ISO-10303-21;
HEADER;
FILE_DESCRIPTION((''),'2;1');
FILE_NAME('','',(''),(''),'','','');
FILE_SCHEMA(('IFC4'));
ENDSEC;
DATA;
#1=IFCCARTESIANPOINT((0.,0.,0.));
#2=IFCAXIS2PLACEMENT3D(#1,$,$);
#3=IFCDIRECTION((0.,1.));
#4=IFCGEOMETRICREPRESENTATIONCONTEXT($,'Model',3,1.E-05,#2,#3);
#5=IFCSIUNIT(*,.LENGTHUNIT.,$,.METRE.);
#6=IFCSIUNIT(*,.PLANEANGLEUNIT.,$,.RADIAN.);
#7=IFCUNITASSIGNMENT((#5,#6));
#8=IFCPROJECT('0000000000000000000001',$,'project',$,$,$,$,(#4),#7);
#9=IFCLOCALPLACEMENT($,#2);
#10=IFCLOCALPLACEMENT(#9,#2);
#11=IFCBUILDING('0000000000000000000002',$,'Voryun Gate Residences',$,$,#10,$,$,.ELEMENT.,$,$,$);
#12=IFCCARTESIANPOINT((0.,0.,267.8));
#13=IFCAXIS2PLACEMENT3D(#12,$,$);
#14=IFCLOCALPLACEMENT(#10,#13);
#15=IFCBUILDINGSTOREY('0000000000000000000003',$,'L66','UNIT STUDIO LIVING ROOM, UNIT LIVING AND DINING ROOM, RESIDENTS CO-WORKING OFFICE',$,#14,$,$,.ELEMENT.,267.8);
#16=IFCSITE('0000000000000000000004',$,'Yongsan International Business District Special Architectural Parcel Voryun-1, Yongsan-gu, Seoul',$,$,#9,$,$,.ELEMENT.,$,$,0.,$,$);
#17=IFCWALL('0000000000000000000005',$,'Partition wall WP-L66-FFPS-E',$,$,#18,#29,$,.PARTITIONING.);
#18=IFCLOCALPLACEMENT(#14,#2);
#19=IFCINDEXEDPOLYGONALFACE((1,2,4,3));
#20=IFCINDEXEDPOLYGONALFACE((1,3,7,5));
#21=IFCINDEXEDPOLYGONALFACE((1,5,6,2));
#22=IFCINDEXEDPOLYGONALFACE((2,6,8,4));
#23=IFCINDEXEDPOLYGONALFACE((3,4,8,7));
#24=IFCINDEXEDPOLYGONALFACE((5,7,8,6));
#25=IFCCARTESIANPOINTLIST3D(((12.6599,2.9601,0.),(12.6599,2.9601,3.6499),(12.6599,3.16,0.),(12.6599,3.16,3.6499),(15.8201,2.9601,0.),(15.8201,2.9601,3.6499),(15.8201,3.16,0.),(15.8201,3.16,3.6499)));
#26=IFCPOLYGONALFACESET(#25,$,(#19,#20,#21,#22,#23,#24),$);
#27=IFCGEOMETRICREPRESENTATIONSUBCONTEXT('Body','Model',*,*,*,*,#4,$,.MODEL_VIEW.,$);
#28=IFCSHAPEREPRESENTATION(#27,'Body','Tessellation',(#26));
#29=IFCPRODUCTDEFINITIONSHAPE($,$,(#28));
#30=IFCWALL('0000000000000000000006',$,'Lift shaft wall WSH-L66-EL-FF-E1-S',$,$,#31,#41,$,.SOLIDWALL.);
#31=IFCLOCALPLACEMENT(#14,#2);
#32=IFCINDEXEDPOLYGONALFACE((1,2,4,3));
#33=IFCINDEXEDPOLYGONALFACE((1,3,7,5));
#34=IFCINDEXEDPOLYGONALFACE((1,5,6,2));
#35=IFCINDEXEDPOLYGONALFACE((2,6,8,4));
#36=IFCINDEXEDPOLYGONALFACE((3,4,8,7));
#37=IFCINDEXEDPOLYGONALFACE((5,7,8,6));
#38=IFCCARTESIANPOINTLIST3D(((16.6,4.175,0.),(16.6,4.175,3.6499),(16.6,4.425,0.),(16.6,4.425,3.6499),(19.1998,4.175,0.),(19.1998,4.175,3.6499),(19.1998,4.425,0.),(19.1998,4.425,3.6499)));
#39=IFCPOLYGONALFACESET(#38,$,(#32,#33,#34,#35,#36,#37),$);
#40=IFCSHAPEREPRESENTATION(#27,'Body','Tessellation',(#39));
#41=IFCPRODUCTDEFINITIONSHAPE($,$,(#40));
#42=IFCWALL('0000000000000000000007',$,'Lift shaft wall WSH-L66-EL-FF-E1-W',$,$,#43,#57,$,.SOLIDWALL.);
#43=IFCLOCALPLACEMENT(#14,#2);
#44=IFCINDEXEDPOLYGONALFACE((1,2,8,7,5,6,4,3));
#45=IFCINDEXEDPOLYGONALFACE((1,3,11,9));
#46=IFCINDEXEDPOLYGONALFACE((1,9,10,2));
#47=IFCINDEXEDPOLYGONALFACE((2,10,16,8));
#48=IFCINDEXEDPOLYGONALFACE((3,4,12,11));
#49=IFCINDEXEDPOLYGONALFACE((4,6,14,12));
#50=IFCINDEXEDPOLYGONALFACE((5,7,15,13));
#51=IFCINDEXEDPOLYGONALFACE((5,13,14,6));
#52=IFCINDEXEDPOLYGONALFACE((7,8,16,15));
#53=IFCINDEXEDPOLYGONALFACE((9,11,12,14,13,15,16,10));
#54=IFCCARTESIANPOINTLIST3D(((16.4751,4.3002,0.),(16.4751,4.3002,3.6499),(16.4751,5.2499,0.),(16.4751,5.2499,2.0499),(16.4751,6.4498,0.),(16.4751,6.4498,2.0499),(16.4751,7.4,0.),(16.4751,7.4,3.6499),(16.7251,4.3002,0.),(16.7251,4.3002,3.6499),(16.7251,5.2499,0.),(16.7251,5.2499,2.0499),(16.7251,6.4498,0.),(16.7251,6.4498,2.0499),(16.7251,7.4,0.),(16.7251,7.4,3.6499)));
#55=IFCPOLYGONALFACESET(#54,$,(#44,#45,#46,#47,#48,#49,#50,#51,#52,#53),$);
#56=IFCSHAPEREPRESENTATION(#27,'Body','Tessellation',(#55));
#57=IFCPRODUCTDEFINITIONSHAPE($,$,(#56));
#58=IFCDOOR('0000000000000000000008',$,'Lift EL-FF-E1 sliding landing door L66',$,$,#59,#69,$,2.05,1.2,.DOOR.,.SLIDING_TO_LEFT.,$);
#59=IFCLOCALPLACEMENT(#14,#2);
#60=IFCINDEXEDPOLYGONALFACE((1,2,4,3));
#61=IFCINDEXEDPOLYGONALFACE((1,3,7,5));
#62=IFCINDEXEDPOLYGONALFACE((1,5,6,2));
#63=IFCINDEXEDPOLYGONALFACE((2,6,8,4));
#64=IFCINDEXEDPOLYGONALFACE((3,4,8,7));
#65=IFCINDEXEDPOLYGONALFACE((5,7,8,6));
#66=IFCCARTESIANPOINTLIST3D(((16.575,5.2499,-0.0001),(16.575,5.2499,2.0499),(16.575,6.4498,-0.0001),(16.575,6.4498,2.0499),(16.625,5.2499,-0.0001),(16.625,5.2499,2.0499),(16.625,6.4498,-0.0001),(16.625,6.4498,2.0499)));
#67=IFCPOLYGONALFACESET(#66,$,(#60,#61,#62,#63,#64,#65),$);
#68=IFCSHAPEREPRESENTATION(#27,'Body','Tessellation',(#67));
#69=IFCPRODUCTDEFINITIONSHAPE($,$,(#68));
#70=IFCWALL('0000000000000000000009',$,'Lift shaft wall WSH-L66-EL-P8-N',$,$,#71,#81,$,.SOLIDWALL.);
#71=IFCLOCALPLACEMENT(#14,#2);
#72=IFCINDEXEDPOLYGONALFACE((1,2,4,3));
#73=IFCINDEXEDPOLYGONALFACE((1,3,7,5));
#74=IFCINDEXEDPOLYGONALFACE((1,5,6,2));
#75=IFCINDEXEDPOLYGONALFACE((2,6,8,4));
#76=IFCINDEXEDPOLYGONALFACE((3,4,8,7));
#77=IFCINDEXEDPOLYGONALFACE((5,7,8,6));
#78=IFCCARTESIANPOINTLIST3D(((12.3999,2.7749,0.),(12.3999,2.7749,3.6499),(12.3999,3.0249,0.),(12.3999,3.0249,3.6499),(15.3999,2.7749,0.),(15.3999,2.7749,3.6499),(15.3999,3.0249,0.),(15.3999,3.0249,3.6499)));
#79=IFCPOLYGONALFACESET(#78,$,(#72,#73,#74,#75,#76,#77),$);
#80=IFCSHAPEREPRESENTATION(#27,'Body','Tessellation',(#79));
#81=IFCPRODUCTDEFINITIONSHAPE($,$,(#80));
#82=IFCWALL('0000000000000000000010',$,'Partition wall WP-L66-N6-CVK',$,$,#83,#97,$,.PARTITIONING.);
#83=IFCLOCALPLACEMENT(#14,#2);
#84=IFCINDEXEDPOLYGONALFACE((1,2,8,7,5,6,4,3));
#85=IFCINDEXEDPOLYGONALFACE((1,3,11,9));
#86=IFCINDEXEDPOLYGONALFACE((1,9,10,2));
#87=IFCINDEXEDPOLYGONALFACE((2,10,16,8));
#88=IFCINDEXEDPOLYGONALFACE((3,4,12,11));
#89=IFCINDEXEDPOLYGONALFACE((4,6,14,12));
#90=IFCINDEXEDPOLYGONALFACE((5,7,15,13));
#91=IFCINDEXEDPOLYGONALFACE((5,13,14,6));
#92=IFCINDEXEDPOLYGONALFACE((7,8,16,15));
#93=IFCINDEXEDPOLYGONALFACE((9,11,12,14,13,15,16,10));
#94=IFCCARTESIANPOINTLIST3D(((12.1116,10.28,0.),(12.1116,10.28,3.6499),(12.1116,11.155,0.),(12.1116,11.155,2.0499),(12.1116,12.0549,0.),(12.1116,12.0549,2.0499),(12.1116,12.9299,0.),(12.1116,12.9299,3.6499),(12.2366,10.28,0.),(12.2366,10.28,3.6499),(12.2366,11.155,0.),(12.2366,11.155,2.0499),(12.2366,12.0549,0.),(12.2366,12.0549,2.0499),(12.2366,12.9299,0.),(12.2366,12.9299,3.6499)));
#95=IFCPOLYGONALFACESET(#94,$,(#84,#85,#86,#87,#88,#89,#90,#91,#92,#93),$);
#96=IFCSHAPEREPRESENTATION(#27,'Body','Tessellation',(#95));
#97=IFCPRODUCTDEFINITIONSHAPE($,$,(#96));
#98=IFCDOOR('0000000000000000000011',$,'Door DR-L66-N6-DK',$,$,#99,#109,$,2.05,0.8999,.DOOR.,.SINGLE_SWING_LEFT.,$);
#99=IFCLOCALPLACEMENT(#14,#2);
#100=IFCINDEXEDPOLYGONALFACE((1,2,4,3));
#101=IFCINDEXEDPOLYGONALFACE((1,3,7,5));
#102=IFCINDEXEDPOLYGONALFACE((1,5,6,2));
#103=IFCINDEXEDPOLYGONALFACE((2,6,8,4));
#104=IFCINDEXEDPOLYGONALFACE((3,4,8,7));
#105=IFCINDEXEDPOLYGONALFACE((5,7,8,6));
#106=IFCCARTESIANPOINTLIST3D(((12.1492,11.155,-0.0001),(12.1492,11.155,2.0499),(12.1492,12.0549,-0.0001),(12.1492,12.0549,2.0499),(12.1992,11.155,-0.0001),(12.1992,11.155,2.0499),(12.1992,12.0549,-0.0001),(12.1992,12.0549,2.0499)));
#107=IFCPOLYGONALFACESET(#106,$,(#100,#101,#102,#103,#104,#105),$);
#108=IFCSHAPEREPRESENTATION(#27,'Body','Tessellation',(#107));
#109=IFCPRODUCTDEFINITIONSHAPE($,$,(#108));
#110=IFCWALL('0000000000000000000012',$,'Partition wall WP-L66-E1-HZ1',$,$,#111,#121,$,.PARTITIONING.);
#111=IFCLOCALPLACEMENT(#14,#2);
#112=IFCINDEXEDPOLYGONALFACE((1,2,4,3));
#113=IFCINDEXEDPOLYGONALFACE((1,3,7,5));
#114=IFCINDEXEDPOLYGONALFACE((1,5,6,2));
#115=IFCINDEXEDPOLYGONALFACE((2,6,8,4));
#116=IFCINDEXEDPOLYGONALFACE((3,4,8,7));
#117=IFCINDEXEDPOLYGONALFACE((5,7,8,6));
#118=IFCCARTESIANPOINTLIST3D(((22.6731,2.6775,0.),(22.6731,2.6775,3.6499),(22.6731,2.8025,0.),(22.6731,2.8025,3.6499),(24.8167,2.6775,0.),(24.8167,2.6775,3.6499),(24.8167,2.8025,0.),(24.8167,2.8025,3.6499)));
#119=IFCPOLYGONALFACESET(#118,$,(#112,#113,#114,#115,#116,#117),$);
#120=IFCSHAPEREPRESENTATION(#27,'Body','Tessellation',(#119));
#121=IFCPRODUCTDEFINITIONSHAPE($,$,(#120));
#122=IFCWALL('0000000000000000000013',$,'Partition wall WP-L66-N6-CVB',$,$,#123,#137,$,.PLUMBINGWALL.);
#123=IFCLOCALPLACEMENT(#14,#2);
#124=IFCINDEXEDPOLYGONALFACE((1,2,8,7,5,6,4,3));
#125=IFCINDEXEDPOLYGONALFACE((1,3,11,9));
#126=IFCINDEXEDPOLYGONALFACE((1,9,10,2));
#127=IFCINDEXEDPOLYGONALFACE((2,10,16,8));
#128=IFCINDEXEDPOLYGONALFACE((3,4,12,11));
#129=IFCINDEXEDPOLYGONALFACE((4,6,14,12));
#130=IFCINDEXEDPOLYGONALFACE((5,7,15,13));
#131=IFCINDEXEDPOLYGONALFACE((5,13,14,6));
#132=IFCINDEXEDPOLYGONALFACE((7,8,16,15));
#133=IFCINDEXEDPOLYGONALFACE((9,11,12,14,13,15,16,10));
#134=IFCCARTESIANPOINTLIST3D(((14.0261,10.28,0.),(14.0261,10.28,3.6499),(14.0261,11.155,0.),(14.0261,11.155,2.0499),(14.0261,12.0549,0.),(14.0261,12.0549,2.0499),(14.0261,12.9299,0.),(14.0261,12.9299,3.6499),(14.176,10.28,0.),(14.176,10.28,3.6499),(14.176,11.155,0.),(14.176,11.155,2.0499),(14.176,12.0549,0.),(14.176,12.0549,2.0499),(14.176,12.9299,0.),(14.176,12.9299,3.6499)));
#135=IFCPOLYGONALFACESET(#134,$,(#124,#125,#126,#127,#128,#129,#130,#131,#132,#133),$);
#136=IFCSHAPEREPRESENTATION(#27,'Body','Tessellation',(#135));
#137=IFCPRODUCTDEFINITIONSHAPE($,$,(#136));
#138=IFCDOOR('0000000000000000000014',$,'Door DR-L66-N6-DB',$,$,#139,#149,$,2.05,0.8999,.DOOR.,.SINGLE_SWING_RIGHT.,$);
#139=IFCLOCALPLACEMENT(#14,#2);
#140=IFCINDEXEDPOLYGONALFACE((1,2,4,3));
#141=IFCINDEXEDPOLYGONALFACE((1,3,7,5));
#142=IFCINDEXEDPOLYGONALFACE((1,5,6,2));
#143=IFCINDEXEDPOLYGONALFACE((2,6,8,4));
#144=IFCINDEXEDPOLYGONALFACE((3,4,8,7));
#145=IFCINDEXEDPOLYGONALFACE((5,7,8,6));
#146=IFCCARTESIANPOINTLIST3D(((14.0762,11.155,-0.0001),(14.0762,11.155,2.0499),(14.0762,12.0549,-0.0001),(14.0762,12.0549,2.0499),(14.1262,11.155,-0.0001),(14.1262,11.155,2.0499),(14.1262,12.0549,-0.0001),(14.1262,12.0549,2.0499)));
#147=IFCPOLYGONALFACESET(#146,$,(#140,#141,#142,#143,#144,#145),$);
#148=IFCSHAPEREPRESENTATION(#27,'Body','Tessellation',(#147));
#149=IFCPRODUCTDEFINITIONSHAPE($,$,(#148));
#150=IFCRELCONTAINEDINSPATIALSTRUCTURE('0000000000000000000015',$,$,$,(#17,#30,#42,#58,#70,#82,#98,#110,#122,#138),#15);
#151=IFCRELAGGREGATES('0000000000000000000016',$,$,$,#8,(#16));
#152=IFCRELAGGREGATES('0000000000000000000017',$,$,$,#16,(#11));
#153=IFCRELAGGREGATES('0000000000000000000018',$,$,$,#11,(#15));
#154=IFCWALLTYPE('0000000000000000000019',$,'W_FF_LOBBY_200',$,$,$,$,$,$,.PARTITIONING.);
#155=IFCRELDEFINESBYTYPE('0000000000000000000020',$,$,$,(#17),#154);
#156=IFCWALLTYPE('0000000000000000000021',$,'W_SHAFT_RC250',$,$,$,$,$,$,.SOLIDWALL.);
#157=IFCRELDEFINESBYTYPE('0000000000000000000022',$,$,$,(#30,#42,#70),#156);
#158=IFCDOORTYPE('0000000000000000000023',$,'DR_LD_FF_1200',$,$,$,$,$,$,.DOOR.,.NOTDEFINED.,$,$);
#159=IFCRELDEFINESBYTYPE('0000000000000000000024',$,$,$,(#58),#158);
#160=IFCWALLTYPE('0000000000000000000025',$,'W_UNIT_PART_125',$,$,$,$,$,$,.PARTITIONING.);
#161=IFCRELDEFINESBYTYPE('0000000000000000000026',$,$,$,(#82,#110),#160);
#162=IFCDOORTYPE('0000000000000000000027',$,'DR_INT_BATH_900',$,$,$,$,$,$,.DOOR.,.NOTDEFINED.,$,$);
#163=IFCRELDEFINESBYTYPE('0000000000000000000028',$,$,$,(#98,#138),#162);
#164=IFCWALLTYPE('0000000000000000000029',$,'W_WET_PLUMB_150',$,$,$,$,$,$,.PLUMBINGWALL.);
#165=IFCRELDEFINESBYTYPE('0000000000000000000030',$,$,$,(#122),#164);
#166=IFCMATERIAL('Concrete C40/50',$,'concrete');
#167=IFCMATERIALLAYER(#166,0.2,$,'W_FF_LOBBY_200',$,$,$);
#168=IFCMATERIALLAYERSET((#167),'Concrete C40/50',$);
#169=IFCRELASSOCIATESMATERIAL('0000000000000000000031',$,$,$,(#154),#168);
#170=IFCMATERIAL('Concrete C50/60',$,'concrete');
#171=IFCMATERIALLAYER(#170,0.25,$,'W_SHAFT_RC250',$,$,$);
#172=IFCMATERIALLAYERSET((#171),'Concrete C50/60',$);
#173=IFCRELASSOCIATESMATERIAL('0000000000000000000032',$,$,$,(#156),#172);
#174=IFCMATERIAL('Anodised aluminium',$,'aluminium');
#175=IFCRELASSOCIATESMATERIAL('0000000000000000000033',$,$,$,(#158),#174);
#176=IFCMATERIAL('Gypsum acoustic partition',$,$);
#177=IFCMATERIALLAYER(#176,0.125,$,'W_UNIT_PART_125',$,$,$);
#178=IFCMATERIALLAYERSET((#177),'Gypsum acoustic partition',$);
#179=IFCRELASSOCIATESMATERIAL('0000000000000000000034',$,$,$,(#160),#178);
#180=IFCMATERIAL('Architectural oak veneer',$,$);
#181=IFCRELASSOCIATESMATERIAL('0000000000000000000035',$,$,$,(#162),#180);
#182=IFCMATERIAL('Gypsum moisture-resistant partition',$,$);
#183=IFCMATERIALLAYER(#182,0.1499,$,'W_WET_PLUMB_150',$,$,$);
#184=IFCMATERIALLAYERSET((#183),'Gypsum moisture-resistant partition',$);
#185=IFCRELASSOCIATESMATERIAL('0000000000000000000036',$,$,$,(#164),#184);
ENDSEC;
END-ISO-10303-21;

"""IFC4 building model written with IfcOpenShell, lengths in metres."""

from ifc_helpers import new_model, si_unit, direction, frame, frame_2d, origin, place, context, subcontext, project, spatial, rectangle, extrude, material, layer, layer_set, type_object, element, fill, save


model = new_model("IFC4")

# Units and contexts
model_context = context("Model", 3, precision=1e-05, world=origin(), true_north=direction((0.0, 1.0)))
body_context = subcontext(model_context, "Body", "Model", "MODEL_VIEW")
ifc_project = project(units=[si_unit("LENGTHUNIT", "METRE"), si_unit("PLANEANGLEUNIT", "RADIAN")], contexts=[model_context])

# Site, building, storey
site_placement = place(None, origin())
site = spatial("IfcSite", under=ifc_project, at=site_placement, Name="Yongsan International Business District Special Architectural Parcel Voryun-1, Yongsan-gu, Seoul", CompositionType="ELEMENT", RefElevation=0.0)
building_placement = place(site_placement, origin())
building = spatial("IfcBuilding", under=site, at=building_placement, Name="Voryun Gate Residences", CompositionType="ELEMENT")
storey_placement = place(building_placement, frame((0.0, 0.0, 267.8)))
storey = spatial("IfcBuildingStorey", under=building, at=storey_placement, Name="L66", Description="UNIT STUDIO LIVING ROOM, UNIT LIVING AND DINING ROOM, RESIDENTS CO-WORKING OFFICE", CompositionType="ELEMENT", Elevation=267.8)

# Walls
ifc_material_1 = material(Name="Concrete C40/50", Category="concrete")
ifc_layer_1 = layer(ifc_material_1, 0.2, Name="W_FF_LOBBY_200")
ifc_layer_set_1 = layer_set([ifc_layer_1], Name="Concrete C40/50")
wall_type_1 = type_object("IfcWallType", Name="W_FF_LOBBY_200", PredefinedType="PARTITIONING", material=ifc_layer_set_1)
wall_1_placement = place(storey_placement, frame((12.6599, 3.0601, 0.0), z_axis=(0.0, 0.0, 1.0), x_axis=(1.0, 0.0, 0.0)))
element("IfcWall", 1, at=wall_1_placement, inside=storey, type_object=wall_type_1, Name="Partition wall WP-L66-FFPS-E", PredefinedType="PARTITIONING", context=body_context, shape_type="SweptSolid", body=[
    extrude(rectangle(XDim=3.1602, YDim=0.2, at=frame_2d((1.5801, 0.0))), origin(), (0.0, 0.0, 1.0), 3.6499),
])
ifc_material_2 = material(Name="Concrete C50/60", Category="concrete")
ifc_layer_2 = layer(ifc_material_2, 0.25, Name="W_SHAFT_RC250")
ifc_layer_set_2 = layer_set([ifc_layer_2], Name="Concrete C50/60")
wall_type_2 = type_object("IfcWallType", Name="W_SHAFT_RC250", PredefinedType="SOLIDWALL", material=ifc_layer_set_2)
wall_2_placement = place(storey_placement, frame((16.6001, 4.3, 0.0), z_axis=(0.0, 0.0, 1.0), x_axis=(1.0, 0.0, 0.0)))
element("IfcWall", 2, at=wall_2_placement, inside=storey, type_object=wall_type_2, Name="Lift shaft wall WSH-L66-EL-FF-E1-S", PredefinedType="SOLIDWALL", context=body_context, shape_type="SweptSolid", body=[
    extrude(rectangle(XDim=2.5999, YDim=0.25, at=frame_2d((1.2998, 0.0))), origin(), (0.0, 0.0, 1.0), 3.6499),
])

# Wall, opening, door
wall_3_placement = place(storey_placement, frame((16.6001, 7.3999, 0.0), z_axis=(0.0, 0.0, 1.0), x_axis=(0.0, -1.0, 0.0)))
wall_3 = element("IfcWall", 3, at=wall_3_placement, inside=storey, type_object=wall_type_2, Name="Lift shaft wall WSH-L66-EL-FF-E1-W", PredefinedType="SOLIDWALL", context=body_context, shape_type="SweptSolid", body=[
    extrude(rectangle(XDim=3.0999, YDim=0.25, at=frame_2d((1.5498, 0.0))), origin(), (0.0, 0.0, 1.0), 3.6499),
])
opening_1_placement = place(wall_3_placement, frame((0.95, 0.0, 0.0)))
opening_1 = element("IfcOpeningElement", 4, at=opening_1_placement, cuts=wall_3, PredefinedType="OPENING", context=body_context, shape_type="SweptSolid", body=[
    extrude(rectangle(XDim=1.2, YDim=2.05, at=frame_2d((0.6001, 1.0249))), frame((0.0, 0.135, 0.0), z_axis=(0.0, -1.0, 0.0), x_axis=(1.0, 0.0, 0.0)), (0.0, 0.0, 1.0), 0.27),
])
ifc_material_3 = material(Name="Anodised aluminium", Category="aluminium")
door_type_1 = type_object("IfcDoorType", Name="DR_LD_FF_1200", OperationType="NOTDEFINED", PredefinedType="DOOR", material=ifc_material_3)
door_1_placement = place(opening_1_placement, origin())
door_1 = element("IfcDoor", 5, at=door_1_placement, inside=storey, type_object=door_type_1, Name="Lift EL-FF-E1 sliding landing door L66", OperationType="SLIDING_TO_LEFT", OverallHeight=2.05, OverallWidth=1.2, PredefinedType="DOOR", context=body_context, shape_type="SweptSolid", body=[
    extrude(rectangle(XDim=1.2, YDim=2.05, at=frame_2d((0.6001, 1.0249))), frame((0.0, 0.0249, 0.0), z_axis=(0.0, -1.0, 0.0), x_axis=(1.0, 0.0, 0.0)), (0.0, 0.0, 1.0), 0.05),
])
fill(opening_1, door_1)

# Wall
wall_4_placement = place(storey_placement, frame((15.3999, 2.8999, 0.0), z_axis=(0.0, 0.0, 1.0), x_axis=(-1.0, 0.0, 0.0)))
element("IfcWall", 6, at=wall_4_placement, inside=storey, type_object=wall_type_2, Name="Lift shaft wall WSH-L66-EL-P8-N", PredefinedType="SOLIDWALL", context=body_context, shape_type="SweptSolid", body=[
    extrude(rectangle(XDim=3.0, YDim=0.25, at=frame_2d((1.5, 0.0))), origin(), (0.0, 0.0, 1.0), 3.6499),
])

# Wall, opening, door
ifc_material_4 = material(Name="Gypsum acoustic partition")
ifc_layer_3 = layer(ifc_material_4, 0.125, Name="W_UNIT_PART_125")
ifc_layer_set_3 = layer_set([ifc_layer_3], Name="Gypsum acoustic partition")
wall_type_3 = type_object("IfcWallType", Name="W_UNIT_PART_125", PredefinedType="PARTITIONING", material=ifc_layer_set_3)
wall_5_placement = place(storey_placement, frame((12.1741, 10.28, 0.0), z_axis=(0.0, 0.0, 1.0), x_axis=(0.0, 1.0, 0.0)))
wall_5 = element("IfcWall", 7, at=wall_5_placement, inside=storey, type_object=wall_type_3, Name="Partition wall WP-L66-N6-CVK", PredefinedType="PARTITIONING", context=body_context, shape_type="SweptSolid", body=[
    extrude(rectangle(XDim=2.6499, YDim=0.125, at=frame_2d((1.325, 0.0))), origin(), (0.0, 0.0, 1.0), 3.6499),
])
opening_2_placement = place(wall_5_placement, frame((0.875, 0.0, 0.0)))
opening_2 = element("IfcOpeningElement", 8, at=opening_2_placement, cuts=wall_5, PredefinedType="OPENING", context=body_context, shape_type="SweptSolid", body=[
    extrude(rectangle(XDim=0.8999, YDim=2.05, at=frame_2d((0.45, 1.0249))), frame((0.0, 0.0725, 0.0), z_axis=(0.0, -1.0, 0.0), x_axis=(1.0, 0.0, 0.0)), (0.0, 0.0, 1.0), 0.145),
])
ifc_material_5 = material(Name="Architectural oak veneer")
door_type_2 = type_object("IfcDoorType", Name="DR_INT_BATH_900", OperationType="NOTDEFINED", PredefinedType="DOOR", material=ifc_material_5)
door_2_placement = place(opening_2_placement, origin())
door_2 = element("IfcDoor", 9, at=door_2_placement, inside=storey, type_object=door_type_2, Name="Door DR-L66-N6-DK", OperationType="SINGLE_SWING_LEFT", OverallHeight=2.05, OverallWidth=0.8999, PredefinedType="DOOR", context=body_context, shape_type="SweptSolid", body=[
    extrude(rectangle(XDim=0.8999, YDim=2.05, at=frame_2d((0.45, 1.0249))), frame((0.0, 0.0249, 0.0), z_axis=(0.0, -1.0, 0.0), x_axis=(1.0, 0.0, 0.0)), (0.0, 0.0, 1.0), 0.05),
])
fill(opening_2, door_2)

# Wall
wall_6_placement = place(storey_placement, frame((22.6731, 2.74, 0.0), z_axis=(0.0, 0.0, 1.0), x_axis=(1.0, 0.0, 0.0)))
element("IfcWall", 10, at=wall_6_placement, inside=storey, type_object=wall_type_3, Name="Partition wall WP-L66-E1-HZ1", PredefinedType="PARTITIONING", context=body_context, shape_type="SweptSolid", body=[
    extrude(rectangle(XDim=2.1436, YDim=0.125, at=frame_2d((1.0718, 0.0))), origin(), (0.0, 0.0, 1.0), 3.6499),
])

# Wall, opening, door
ifc_material_6 = material(Name="Gypsum moisture-resistant partition")
ifc_layer_4 = layer(ifc_material_6, 0.1499, Name="W_WET_PLUMB_150")
ifc_layer_set_4 = layer_set([ifc_layer_4], Name="Gypsum moisture-resistant partition")
wall_type_4 = type_object("IfcWallType", Name="W_WET_PLUMB_150", PredefinedType="PLUMBINGWALL", material=ifc_layer_set_4)
wall_7_placement = place(storey_placement, frame((14.1011, 10.28, 0.0), z_axis=(0.0, 0.0, 1.0), x_axis=(0.0, 1.0, 0.0)))
wall_7 = element("IfcWall", 11, at=wall_7_placement, inside=storey, type_object=wall_type_4, Name="Partition wall WP-L66-N6-CVB", PredefinedType="PLUMBINGWALL", context=body_context, shape_type="SweptSolid", body=[
    extrude(rectangle(XDim=2.6499, YDim=0.1499, at=frame_2d((1.325, 0.0))), origin(), (0.0, 0.0, 1.0), 3.6499),
])
opening_3_placement = place(wall_7_placement, frame((0.875, 0.0, 0.0)))
opening_3 = element("IfcOpeningElement", 12, at=opening_3_placement, cuts=wall_7, PredefinedType="OPENING", context=body_context, shape_type="SweptSolid", body=[
    extrude(rectangle(XDim=0.8999, YDim=2.05, at=frame_2d((0.45, 1.0249))), frame((0.0, 0.085, 0.0), z_axis=(0.0, -1.0, 0.0), x_axis=(1.0, 0.0, 0.0)), (0.0, 0.0, 1.0), 0.1699),
])
door_3_placement = place(opening_3_placement, origin())
door_3 = element("IfcDoor", 13, at=door_3_placement, inside=storey, type_object=door_type_2, Name="Door DR-L66-N6-DB", OperationType="SINGLE_SWING_RIGHT", OverallHeight=2.05, OverallWidth=0.8999, PredefinedType="DOOR", context=body_context, shape_type="SweptSolid", body=[
    extrude(rectangle(XDim=0.8999, YDim=2.05, at=frame_2d((0.45, 1.0249))), frame((0.0, 0.0249, 0.0), z_axis=(0.0, -1.0, 0.0), x_axis=(1.0, 0.0, 0.0)), (0.0, 0.0, 1.0), 0.05),
])
fill(opening_3, door_3)

save(model, "model.ifc")
